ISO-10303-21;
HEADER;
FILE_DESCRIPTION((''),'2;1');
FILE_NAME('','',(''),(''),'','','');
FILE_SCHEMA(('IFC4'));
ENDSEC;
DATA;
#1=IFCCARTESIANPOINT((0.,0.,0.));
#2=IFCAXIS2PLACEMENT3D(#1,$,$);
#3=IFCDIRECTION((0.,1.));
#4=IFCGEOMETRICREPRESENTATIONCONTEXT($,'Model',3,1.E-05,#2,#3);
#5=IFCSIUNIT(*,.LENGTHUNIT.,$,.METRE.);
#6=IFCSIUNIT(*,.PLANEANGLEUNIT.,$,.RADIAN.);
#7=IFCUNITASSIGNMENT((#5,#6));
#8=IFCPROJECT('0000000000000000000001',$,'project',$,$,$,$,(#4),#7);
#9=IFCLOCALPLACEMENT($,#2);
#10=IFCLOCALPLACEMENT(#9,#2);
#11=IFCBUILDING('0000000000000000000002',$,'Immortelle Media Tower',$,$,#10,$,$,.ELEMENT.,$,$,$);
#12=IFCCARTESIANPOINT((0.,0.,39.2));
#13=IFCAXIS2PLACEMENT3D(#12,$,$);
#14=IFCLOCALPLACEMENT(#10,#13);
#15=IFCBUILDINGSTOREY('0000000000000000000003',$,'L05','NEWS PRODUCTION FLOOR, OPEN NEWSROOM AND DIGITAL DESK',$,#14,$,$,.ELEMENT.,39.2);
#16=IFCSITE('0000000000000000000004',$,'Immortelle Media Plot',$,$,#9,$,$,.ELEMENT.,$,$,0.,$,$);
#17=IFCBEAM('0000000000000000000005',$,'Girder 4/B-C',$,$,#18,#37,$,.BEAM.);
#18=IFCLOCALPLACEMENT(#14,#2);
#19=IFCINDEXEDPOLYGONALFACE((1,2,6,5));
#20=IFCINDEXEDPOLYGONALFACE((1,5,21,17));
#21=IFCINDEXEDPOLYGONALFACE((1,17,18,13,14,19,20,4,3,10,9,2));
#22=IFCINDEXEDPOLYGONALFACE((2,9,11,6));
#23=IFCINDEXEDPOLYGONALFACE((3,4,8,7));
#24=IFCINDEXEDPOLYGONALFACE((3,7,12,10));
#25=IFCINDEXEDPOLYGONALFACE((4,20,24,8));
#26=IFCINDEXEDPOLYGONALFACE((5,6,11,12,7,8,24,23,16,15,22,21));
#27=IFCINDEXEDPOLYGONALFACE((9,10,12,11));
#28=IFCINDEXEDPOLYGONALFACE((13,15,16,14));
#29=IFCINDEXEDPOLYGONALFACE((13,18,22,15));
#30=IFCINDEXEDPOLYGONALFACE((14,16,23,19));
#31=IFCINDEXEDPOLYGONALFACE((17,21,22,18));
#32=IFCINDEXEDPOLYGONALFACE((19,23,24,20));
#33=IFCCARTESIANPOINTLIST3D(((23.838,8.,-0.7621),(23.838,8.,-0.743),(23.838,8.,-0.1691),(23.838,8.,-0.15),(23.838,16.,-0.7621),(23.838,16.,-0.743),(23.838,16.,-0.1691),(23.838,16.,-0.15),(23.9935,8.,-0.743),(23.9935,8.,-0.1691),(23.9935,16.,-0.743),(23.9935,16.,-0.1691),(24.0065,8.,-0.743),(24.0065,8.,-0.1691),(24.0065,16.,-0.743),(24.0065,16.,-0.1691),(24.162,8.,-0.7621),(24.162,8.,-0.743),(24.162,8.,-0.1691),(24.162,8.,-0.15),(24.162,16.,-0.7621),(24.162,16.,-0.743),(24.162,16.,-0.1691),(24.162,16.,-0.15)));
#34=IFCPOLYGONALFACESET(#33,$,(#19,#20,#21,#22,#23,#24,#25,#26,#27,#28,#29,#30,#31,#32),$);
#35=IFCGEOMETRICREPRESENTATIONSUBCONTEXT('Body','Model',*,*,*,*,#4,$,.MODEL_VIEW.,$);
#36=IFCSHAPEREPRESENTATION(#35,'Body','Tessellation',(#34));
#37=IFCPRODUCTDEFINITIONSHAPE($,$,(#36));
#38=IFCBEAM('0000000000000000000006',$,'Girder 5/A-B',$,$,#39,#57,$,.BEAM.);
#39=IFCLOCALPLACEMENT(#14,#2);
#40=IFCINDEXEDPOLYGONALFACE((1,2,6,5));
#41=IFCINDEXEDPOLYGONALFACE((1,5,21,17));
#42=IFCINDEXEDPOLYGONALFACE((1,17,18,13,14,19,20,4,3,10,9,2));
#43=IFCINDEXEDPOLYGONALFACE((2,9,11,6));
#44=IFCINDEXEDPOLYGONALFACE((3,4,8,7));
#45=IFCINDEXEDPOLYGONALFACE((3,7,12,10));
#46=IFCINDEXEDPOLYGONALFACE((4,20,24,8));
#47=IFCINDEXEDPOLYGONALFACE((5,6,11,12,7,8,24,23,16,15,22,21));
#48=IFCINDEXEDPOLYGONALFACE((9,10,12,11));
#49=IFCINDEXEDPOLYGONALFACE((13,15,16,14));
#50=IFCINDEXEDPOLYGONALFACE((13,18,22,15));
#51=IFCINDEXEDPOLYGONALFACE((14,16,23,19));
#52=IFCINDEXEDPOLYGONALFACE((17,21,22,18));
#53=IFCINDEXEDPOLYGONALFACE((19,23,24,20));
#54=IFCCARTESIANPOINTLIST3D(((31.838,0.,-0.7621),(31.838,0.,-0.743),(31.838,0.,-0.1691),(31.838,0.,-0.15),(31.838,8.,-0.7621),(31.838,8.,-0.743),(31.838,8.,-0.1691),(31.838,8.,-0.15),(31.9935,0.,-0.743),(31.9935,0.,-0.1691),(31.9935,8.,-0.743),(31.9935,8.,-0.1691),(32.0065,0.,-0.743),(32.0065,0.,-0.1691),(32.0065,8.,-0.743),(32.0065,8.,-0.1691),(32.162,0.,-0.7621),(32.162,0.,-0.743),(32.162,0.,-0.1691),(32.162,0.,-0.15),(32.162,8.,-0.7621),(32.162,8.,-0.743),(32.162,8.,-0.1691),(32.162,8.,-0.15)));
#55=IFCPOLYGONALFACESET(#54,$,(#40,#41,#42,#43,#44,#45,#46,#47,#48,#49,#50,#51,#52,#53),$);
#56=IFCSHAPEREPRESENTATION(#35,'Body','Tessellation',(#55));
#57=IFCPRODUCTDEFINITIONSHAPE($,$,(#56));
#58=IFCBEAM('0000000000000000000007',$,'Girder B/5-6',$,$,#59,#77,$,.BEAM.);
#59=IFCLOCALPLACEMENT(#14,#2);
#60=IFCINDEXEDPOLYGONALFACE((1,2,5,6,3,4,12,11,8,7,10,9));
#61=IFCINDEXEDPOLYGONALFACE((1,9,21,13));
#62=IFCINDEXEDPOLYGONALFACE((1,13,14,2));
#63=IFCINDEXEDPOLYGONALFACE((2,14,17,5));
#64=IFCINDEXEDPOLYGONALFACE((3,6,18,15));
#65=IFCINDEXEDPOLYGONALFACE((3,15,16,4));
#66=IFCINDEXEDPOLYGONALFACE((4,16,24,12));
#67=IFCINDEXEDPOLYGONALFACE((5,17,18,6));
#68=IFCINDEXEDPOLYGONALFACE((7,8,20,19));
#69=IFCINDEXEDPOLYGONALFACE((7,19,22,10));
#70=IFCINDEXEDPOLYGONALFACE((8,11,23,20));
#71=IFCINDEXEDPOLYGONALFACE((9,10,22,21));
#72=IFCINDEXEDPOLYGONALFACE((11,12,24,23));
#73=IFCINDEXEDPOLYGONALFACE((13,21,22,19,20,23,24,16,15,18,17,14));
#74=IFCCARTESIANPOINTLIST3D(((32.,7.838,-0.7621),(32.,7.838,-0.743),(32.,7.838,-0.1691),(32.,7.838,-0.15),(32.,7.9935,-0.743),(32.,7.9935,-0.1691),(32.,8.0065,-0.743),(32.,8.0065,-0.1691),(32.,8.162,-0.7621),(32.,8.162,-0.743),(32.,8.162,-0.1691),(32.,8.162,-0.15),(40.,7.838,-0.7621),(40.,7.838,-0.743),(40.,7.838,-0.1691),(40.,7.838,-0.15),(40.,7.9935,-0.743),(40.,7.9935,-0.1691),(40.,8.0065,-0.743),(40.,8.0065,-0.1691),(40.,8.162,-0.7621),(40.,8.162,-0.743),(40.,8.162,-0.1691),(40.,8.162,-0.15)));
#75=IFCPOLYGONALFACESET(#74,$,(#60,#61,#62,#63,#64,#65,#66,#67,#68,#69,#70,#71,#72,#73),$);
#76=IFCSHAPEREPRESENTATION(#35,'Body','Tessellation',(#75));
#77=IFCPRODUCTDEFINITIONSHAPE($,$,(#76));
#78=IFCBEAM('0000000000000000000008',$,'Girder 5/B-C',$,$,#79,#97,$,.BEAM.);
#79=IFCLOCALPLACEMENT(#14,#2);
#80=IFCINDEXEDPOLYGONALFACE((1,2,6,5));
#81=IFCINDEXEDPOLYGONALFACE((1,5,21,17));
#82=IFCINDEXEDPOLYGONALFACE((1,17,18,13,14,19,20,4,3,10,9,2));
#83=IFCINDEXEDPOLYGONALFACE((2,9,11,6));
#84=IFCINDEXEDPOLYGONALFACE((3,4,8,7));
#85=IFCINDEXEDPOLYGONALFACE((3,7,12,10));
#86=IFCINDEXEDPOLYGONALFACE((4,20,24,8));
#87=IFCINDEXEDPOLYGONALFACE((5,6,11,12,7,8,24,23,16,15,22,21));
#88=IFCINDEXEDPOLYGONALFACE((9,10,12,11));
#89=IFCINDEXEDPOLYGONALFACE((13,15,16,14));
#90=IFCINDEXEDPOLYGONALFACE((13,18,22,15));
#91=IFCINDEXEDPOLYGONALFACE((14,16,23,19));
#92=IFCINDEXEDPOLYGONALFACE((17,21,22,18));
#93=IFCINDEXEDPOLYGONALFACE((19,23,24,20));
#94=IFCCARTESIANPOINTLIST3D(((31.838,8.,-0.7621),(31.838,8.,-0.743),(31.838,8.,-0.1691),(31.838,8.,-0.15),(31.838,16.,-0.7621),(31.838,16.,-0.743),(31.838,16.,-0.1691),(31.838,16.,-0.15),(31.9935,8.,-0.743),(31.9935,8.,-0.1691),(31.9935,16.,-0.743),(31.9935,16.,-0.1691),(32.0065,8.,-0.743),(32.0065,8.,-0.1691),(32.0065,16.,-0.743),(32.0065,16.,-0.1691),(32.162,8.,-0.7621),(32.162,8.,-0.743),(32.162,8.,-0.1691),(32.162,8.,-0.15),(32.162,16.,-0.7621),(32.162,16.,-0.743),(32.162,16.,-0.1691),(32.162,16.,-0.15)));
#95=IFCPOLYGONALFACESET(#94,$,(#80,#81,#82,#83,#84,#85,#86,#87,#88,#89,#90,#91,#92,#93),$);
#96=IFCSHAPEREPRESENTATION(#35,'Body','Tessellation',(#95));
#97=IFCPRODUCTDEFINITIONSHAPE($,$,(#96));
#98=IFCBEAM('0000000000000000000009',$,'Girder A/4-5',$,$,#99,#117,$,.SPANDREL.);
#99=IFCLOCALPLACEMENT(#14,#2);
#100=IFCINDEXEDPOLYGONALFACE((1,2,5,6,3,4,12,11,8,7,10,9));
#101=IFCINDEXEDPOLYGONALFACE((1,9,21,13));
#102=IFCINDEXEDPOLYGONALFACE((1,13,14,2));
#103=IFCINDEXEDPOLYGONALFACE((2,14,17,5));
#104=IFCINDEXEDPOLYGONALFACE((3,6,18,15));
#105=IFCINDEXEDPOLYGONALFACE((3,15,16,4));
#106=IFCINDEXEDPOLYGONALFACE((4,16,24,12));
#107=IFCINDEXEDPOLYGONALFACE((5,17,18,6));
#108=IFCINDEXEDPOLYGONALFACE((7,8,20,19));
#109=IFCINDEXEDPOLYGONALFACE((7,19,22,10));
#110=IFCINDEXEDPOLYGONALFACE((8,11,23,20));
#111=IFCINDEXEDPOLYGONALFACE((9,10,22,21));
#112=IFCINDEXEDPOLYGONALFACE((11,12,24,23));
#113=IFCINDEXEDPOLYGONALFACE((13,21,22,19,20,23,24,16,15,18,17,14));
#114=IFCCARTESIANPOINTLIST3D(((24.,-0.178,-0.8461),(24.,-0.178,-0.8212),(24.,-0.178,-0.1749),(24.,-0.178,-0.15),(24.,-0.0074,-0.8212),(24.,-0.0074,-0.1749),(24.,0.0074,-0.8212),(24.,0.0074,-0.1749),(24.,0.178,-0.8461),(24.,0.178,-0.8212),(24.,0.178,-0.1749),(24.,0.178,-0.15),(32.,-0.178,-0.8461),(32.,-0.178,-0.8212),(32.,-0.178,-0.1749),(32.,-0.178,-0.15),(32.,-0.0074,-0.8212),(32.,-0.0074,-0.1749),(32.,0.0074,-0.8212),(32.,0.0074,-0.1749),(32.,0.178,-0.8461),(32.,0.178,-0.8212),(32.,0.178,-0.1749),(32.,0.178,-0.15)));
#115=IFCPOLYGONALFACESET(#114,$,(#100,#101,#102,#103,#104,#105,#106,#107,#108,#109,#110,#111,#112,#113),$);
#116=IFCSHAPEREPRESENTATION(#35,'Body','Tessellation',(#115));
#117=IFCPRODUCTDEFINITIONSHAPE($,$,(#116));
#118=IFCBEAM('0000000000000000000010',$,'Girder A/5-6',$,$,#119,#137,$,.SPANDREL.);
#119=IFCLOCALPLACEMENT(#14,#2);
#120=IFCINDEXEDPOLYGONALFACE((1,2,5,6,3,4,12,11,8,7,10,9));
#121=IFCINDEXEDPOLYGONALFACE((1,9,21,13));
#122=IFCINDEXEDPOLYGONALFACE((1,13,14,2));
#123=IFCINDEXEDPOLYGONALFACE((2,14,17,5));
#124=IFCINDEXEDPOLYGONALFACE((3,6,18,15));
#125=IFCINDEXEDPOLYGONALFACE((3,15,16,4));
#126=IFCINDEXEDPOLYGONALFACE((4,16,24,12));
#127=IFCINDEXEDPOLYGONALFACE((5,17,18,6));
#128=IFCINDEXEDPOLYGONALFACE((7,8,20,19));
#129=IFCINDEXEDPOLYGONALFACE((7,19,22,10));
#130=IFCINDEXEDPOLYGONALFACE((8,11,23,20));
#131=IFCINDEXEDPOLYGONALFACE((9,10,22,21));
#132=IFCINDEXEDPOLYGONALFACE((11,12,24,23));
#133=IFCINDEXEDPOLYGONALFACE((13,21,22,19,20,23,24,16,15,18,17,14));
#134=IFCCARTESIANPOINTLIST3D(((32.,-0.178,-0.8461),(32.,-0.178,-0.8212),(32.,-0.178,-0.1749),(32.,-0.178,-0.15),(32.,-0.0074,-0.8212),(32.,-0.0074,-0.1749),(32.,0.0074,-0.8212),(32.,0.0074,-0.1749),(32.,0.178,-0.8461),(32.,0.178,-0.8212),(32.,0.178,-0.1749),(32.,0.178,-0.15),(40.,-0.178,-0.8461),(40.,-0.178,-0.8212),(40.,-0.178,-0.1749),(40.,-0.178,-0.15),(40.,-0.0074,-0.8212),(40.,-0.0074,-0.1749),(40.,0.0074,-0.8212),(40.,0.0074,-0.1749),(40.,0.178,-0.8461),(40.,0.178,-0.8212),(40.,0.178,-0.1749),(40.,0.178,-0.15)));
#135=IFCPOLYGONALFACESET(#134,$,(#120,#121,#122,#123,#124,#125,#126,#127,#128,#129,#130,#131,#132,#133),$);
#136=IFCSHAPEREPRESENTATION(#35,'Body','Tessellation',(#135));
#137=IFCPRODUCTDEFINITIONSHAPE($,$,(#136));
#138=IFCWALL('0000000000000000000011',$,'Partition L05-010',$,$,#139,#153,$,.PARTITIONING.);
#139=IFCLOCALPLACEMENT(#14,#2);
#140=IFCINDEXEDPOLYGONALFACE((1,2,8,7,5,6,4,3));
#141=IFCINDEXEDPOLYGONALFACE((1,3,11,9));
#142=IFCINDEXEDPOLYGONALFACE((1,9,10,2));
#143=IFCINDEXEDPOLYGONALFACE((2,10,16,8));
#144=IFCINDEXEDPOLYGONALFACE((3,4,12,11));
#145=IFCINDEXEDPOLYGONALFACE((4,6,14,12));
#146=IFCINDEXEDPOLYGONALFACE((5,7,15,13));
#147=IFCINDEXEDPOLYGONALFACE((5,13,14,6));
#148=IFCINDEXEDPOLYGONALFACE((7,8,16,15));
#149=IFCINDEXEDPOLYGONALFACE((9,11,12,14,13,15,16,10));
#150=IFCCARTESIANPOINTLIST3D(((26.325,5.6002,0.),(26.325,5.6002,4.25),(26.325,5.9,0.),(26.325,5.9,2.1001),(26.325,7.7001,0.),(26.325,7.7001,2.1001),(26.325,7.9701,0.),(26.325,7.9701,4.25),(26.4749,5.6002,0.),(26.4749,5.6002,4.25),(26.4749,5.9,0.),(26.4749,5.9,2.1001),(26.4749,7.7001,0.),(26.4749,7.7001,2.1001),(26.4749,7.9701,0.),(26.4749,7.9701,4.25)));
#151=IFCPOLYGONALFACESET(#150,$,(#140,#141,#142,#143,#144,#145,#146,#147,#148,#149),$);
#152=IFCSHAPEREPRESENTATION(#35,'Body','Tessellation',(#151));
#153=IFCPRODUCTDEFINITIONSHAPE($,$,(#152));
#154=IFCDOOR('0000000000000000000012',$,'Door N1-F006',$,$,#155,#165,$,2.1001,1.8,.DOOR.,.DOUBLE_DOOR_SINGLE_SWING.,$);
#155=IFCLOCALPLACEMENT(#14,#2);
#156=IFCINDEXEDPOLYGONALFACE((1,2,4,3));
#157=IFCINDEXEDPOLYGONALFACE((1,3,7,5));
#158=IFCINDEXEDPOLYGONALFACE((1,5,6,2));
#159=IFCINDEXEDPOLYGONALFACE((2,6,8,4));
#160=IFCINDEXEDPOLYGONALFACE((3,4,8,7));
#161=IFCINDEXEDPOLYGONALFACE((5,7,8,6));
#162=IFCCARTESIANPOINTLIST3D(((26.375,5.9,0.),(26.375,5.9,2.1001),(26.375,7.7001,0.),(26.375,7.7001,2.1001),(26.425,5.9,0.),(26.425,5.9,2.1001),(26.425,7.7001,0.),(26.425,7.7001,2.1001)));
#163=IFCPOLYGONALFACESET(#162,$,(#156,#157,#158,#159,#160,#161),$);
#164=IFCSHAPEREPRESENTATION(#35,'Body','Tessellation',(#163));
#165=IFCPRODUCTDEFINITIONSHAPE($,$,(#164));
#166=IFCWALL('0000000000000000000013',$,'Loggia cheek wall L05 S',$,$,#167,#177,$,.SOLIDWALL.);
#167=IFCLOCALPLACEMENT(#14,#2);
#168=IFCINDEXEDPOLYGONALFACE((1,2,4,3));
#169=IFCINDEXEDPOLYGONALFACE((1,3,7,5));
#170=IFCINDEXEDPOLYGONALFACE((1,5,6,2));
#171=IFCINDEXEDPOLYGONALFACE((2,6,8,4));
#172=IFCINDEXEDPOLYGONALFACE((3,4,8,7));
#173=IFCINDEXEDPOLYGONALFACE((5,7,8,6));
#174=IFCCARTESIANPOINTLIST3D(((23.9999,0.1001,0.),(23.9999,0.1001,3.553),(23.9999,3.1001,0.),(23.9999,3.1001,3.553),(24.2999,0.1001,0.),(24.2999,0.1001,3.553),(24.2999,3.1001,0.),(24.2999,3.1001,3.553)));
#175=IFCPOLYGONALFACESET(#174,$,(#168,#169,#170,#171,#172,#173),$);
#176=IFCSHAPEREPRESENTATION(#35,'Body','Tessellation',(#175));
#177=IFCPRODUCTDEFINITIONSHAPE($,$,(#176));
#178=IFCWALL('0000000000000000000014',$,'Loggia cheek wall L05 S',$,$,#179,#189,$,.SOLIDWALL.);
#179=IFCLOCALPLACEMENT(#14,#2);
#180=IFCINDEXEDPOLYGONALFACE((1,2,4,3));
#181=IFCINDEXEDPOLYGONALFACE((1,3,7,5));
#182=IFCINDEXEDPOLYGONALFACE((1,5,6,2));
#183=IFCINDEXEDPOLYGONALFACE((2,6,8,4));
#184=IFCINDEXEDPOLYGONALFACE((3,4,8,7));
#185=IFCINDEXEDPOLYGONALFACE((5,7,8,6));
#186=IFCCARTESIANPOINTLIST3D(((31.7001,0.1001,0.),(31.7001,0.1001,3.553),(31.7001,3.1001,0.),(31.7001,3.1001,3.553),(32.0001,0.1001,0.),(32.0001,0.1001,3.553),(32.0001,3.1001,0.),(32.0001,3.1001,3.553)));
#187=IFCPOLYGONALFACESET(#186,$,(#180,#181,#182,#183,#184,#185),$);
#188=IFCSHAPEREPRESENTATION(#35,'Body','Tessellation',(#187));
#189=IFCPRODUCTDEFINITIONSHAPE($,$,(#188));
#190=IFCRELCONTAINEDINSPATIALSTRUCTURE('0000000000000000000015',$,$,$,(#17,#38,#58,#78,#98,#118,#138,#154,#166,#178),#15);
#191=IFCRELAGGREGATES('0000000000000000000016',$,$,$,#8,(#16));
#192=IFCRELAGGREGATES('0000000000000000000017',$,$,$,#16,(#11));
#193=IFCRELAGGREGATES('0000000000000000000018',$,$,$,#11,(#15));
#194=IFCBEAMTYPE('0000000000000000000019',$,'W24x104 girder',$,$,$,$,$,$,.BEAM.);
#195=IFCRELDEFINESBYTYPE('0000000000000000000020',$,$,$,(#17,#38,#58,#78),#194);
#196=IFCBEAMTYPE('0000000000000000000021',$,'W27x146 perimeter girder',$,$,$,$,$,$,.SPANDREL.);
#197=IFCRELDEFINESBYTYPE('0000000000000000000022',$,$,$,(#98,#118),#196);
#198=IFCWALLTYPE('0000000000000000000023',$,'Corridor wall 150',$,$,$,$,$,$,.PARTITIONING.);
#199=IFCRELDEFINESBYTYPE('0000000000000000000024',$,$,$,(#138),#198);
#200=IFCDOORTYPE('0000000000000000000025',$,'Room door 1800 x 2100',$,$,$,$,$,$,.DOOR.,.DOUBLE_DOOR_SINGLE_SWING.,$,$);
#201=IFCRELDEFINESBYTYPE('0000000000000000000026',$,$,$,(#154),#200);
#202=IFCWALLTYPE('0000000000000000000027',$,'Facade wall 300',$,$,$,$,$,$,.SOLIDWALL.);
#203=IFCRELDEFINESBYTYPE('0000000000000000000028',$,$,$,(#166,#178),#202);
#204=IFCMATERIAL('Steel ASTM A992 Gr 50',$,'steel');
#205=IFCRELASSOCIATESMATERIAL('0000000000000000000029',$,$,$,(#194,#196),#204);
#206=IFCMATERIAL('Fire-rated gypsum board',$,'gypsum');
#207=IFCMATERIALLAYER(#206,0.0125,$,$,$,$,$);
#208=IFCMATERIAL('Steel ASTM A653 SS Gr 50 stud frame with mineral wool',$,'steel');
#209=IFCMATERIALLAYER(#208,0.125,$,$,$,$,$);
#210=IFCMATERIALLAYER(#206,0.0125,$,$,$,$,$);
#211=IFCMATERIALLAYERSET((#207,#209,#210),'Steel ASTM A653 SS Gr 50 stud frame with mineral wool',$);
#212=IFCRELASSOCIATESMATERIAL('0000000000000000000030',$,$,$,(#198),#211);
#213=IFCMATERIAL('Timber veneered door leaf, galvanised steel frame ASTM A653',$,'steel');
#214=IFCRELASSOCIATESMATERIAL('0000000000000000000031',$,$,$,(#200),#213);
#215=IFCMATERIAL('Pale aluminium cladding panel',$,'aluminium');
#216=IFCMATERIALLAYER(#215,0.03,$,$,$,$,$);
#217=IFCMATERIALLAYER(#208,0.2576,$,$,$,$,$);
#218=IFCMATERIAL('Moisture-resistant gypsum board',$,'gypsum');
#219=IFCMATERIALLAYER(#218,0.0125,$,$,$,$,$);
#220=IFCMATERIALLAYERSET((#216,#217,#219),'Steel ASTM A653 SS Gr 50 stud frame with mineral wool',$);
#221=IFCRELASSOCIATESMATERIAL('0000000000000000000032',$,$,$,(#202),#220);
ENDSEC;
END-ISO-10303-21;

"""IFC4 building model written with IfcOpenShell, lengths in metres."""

from ifc_helpers import new_model, si_unit, direction, frame, frame_2d, origin, origin_2d, place, context, subcontext, project, spatial, rectangle, i_section, extrude, material, layer, layer_set, material_profile, profile_set, type_object, element, fill, save


model = new_model("IFC4")

# Units and contexts
model_context = context("Model", 3, precision=1e-05, world=origin(), true_north=direction((0.0, 1.0)))
body_context = subcontext(model_context, "Body", "Model", "MODEL_VIEW")
ifc_project = project(units=[si_unit("LENGTHUNIT", "METRE"), si_unit("PLANEANGLEUNIT", "RADIAN")], contexts=[model_context])

# Site, building, storey
site_placement = place(None, origin())
site = spatial("IfcSite", under=ifc_project, at=site_placement, Name="Immortelle Media Plot", CompositionType="ELEMENT", RefElevation=0.0)
building_placement = place(site_placement, origin())
building = spatial("IfcBuilding", under=site, at=building_placement, Name="Immortelle Media Tower", CompositionType="ELEMENT")
storey_placement = place(building_placement, frame((0.0, 0.0, 39.2)))
storey = spatial("IfcBuildingStorey", under=building, at=storey_placement, Name="L05", Description="NEWS PRODUCTION FLOOR, OPEN NEWSROOM AND DIGITAL DESK", CompositionType="ELEMENT", Elevation=39.2)

# Shared definitions
ifc_material_1 = material(Name="Steel ASTM A992 Gr 50", Category="steel")

# Beams
ifc_material_profile_1 = material_profile(ifc_material_1, i_section(OverallWidth=0.324, OverallDepth=0.6121, WebThickness=0.0129, FlangeThickness=0.019, at=origin_2d()), Name="W24x104")
ifc_profile_set_1 = profile_set([ifc_material_profile_1], Name="Steel ASTM A992 Gr 50")
beam_type_1 = type_object("IfcBeamType", Name="W24x104 girder", PredefinedType="BEAM", material=ifc_profile_set_1)
for number, where, z_axis, x_axis, name in (
    (1, (24.0, 8.0, -0.4561), (0.0, 1.0, 0.0), (-1.0, 0.0, 0.0), "Girder 4/B-C"),
    (2, (32.0, 0.0, -0.4561), (0.0, 1.0, 0.0), (-1.0, 0.0, 0.0), "Girder 5/A-B"),
    (3, (32.0, 8.0, -0.4561), (1.0, 0.0, 0.0), (0.0, 1.0, 0.0), "Girder B/5-6"),
    (4, (32.0, 8.0, -0.4561), (0.0, 1.0, 0.0), (-1.0, 0.0, 0.0), "Girder 5/B-C"),
):
    element("IfcBeam", number, at=place(storey_placement, frame(where, z_axis=z_axis, x_axis=x_axis)), inside=storey, type_object=beam_type_1, Name=name, PredefinedType="BEAM", context=body_context, shape_type="SweptSolid", body=[
        extrude(i_section(OverallWidth=0.324, OverallDepth=0.6121, WebThickness=0.0129, FlangeThickness=0.019, at=origin_2d()), origin(), (0.0, 0.0, 1.0), 8.0),
    ])
ifc_material_profile_2 = material_profile(ifc_material_1, i_section(OverallWidth=0.356, OverallDepth=0.696, WebThickness=0.0149, FlangeThickness=0.0249, at=origin_2d()), Name="W27x146")
ifc_profile_set_2 = profile_set([ifc_material_profile_2], Name="Steel ASTM A992 Gr 50")
beam_type_2 = type_object("IfcBeamType", Name="W27x146 perimeter girder", PredefinedType="SPANDREL", material=ifc_profile_set_2)
for number, where, z_axis, x_axis, name in (
    (5, (24.0, 0.0, -0.498), (1.0, 0.0, 0.0), (0.0, 1.0, 0.0), "Girder A/4-5"),
    (6, (32.0, 0.0, -0.498), (1.0, 0.0, 0.0), (0.0, 1.0, 0.0), "Girder A/5-6"),
):
    element("IfcBeam", number, at=place(storey_placement, frame(where, z_axis=z_axis, x_axis=x_axis)), inside=storey, type_object=beam_type_2, Name=name, PredefinedType="SPANDREL", context=body_context, shape_type="SweptSolid", body=[
        extrude(i_section(OverallWidth=0.356, OverallDepth=0.696, WebThickness=0.0149, FlangeThickness=0.0249, at=origin_2d()), origin(), (0.0, 0.0, 1.0), 8.0),
    ])

# Wall, opening, door
ifc_material_2 = material(Name="Fire-rated gypsum board", Category="gypsum")
ifc_layer_1 = layer(ifc_material_2, 0.0125)
ifc_material_3 = material(Name="Steel ASTM A653 SS Gr 50 stud frame with mineral wool", Category="steel")
ifc_layer_2 = layer(ifc_material_3, 0.125)
ifc_layer_3 = layer(ifc_material_2, 0.0125)
ifc_layer_set_1 = layer_set([ifc_layer_1, ifc_layer_2, ifc_layer_3], Name="Steel ASTM A653 SS Gr 50 stud frame with mineral wool")
wall_type_1 = type_object("IfcWallType", Name="Corridor wall 150", PredefinedType="PARTITIONING", material=ifc_layer_set_1)
wall_1_placement = place(storey_placement, frame((26.3999, 5.6001, 0.0), z_axis=(0.0, 0.0, 1.0), x_axis=(0.0, 1.0, 0.0)))
wall_1 = element("IfcWall", 7, at=wall_1_placement, inside=storey, type_object=wall_type_1, Name="Partition L05-010", PredefinedType="PARTITIONING", context=body_context, shape_type="SweptSolid", body=[
    extrude(rectangle(XDim=2.3699, YDim=0.1499, at=frame_2d((1.1851, 0.0))), origin(), (0.0, 0.0, 1.0), 4.25),
])
opening_1_placement = place(wall_1_placement, frame((0.3, 0.0, 0.0)))
opening_1 = element("IfcOpeningElement", 8, at=opening_1_placement, cuts=wall_1, PredefinedType="OPENING", context=body_context, shape_type="SweptSolid", body=[
    extrude(rectangle(XDim=1.8, YDim=2.1001, at=frame_2d((0.8999, 1.05))), frame((0.0, 0.085, 0.0), z_axis=(0.0, -1.0, 0.0), x_axis=(1.0, 0.0, 0.0)), (0.0, 0.0, 1.0), 0.1699),
])
ifc_material_4 = material(Name="Timber veneered door leaf, galvanised steel frame ASTM A653", Category="steel")
door_type_1 = type_object("IfcDoorType", Name="Room door 1800 x 2100", OperationType="DOUBLE_DOOR_SINGLE_SWING", PredefinedType="DOOR", material=ifc_material_4)
door_1_placement = place(opening_1_placement, origin())
door_1 = element("IfcDoor", 9, at=door_1_placement, inside=storey, type_object=door_type_1, Name="Door N1-F006", OperationType="DOUBLE_DOOR_SINGLE_SWING", OverallHeight=2.1001, OverallWidth=1.8, PredefinedType="DOOR", context=body_context, shape_type="SweptSolid", body=[
    extrude(rectangle(XDim=1.8, YDim=2.1001, at=frame_2d((0.8999, 1.05))), frame((0.0, 0.0249, 0.0), z_axis=(0.0, -1.0, 0.0), x_axis=(1.0, 0.0, 0.0)), (0.0, 0.0, 1.0), 0.05),
])
fill(opening_1, door_1)

# Shared definitions
ifc_material_5 = material(Name="Pale aluminium cladding panel", Category="aluminium")
ifc_layer_4 = layer(ifc_material_5, 0.03)
ifc_layer_5 = layer(ifc_material_3, 0.2576)
ifc_material_6 = material(Name="Moisture-resistant gypsum board", Category="gypsum")
ifc_layer_6 = layer(ifc_material_6, 0.0125)
ifc_layer_set_2 = layer_set([ifc_layer_4, ifc_layer_5, ifc_layer_6], Name="Steel ASTM A653 SS Gr 50 stud frame with mineral wool")
wall_type_2 = type_object("IfcWallType", Name="Facade wall 300", PredefinedType="SOLIDWALL", material=ifc_layer_set_2)

# Walls
for number, where, z_axis, x_axis, name in (
    (10, (24.1499, 0.1001, 0.0), (0.0, 0.0, 1.0), (0.0, 1.0, 0.0), "Loggia cheek wall L05 S"),
    (11, (31.8501, 0.1001, 0.0), (0.0, 0.0, 1.0), (0.0, 1.0, 0.0), "Loggia cheek wall L05 S"),
):
    element("IfcWall", number, at=place(storey_placement, frame(where, z_axis=z_axis, x_axis=x_axis)), inside=storey, type_object=wall_type_2, Name=name, PredefinedType="SOLIDWALL", context=body_context, shape_type="SweptSolid", body=[
        extrude(rectangle(XDim=3.0, YDim=0.3, at=frame_2d((1.5, 0.0))), origin(), (0.0, 0.0, 1.0), 3.553),
    ])

save(model, "model.ifc")
